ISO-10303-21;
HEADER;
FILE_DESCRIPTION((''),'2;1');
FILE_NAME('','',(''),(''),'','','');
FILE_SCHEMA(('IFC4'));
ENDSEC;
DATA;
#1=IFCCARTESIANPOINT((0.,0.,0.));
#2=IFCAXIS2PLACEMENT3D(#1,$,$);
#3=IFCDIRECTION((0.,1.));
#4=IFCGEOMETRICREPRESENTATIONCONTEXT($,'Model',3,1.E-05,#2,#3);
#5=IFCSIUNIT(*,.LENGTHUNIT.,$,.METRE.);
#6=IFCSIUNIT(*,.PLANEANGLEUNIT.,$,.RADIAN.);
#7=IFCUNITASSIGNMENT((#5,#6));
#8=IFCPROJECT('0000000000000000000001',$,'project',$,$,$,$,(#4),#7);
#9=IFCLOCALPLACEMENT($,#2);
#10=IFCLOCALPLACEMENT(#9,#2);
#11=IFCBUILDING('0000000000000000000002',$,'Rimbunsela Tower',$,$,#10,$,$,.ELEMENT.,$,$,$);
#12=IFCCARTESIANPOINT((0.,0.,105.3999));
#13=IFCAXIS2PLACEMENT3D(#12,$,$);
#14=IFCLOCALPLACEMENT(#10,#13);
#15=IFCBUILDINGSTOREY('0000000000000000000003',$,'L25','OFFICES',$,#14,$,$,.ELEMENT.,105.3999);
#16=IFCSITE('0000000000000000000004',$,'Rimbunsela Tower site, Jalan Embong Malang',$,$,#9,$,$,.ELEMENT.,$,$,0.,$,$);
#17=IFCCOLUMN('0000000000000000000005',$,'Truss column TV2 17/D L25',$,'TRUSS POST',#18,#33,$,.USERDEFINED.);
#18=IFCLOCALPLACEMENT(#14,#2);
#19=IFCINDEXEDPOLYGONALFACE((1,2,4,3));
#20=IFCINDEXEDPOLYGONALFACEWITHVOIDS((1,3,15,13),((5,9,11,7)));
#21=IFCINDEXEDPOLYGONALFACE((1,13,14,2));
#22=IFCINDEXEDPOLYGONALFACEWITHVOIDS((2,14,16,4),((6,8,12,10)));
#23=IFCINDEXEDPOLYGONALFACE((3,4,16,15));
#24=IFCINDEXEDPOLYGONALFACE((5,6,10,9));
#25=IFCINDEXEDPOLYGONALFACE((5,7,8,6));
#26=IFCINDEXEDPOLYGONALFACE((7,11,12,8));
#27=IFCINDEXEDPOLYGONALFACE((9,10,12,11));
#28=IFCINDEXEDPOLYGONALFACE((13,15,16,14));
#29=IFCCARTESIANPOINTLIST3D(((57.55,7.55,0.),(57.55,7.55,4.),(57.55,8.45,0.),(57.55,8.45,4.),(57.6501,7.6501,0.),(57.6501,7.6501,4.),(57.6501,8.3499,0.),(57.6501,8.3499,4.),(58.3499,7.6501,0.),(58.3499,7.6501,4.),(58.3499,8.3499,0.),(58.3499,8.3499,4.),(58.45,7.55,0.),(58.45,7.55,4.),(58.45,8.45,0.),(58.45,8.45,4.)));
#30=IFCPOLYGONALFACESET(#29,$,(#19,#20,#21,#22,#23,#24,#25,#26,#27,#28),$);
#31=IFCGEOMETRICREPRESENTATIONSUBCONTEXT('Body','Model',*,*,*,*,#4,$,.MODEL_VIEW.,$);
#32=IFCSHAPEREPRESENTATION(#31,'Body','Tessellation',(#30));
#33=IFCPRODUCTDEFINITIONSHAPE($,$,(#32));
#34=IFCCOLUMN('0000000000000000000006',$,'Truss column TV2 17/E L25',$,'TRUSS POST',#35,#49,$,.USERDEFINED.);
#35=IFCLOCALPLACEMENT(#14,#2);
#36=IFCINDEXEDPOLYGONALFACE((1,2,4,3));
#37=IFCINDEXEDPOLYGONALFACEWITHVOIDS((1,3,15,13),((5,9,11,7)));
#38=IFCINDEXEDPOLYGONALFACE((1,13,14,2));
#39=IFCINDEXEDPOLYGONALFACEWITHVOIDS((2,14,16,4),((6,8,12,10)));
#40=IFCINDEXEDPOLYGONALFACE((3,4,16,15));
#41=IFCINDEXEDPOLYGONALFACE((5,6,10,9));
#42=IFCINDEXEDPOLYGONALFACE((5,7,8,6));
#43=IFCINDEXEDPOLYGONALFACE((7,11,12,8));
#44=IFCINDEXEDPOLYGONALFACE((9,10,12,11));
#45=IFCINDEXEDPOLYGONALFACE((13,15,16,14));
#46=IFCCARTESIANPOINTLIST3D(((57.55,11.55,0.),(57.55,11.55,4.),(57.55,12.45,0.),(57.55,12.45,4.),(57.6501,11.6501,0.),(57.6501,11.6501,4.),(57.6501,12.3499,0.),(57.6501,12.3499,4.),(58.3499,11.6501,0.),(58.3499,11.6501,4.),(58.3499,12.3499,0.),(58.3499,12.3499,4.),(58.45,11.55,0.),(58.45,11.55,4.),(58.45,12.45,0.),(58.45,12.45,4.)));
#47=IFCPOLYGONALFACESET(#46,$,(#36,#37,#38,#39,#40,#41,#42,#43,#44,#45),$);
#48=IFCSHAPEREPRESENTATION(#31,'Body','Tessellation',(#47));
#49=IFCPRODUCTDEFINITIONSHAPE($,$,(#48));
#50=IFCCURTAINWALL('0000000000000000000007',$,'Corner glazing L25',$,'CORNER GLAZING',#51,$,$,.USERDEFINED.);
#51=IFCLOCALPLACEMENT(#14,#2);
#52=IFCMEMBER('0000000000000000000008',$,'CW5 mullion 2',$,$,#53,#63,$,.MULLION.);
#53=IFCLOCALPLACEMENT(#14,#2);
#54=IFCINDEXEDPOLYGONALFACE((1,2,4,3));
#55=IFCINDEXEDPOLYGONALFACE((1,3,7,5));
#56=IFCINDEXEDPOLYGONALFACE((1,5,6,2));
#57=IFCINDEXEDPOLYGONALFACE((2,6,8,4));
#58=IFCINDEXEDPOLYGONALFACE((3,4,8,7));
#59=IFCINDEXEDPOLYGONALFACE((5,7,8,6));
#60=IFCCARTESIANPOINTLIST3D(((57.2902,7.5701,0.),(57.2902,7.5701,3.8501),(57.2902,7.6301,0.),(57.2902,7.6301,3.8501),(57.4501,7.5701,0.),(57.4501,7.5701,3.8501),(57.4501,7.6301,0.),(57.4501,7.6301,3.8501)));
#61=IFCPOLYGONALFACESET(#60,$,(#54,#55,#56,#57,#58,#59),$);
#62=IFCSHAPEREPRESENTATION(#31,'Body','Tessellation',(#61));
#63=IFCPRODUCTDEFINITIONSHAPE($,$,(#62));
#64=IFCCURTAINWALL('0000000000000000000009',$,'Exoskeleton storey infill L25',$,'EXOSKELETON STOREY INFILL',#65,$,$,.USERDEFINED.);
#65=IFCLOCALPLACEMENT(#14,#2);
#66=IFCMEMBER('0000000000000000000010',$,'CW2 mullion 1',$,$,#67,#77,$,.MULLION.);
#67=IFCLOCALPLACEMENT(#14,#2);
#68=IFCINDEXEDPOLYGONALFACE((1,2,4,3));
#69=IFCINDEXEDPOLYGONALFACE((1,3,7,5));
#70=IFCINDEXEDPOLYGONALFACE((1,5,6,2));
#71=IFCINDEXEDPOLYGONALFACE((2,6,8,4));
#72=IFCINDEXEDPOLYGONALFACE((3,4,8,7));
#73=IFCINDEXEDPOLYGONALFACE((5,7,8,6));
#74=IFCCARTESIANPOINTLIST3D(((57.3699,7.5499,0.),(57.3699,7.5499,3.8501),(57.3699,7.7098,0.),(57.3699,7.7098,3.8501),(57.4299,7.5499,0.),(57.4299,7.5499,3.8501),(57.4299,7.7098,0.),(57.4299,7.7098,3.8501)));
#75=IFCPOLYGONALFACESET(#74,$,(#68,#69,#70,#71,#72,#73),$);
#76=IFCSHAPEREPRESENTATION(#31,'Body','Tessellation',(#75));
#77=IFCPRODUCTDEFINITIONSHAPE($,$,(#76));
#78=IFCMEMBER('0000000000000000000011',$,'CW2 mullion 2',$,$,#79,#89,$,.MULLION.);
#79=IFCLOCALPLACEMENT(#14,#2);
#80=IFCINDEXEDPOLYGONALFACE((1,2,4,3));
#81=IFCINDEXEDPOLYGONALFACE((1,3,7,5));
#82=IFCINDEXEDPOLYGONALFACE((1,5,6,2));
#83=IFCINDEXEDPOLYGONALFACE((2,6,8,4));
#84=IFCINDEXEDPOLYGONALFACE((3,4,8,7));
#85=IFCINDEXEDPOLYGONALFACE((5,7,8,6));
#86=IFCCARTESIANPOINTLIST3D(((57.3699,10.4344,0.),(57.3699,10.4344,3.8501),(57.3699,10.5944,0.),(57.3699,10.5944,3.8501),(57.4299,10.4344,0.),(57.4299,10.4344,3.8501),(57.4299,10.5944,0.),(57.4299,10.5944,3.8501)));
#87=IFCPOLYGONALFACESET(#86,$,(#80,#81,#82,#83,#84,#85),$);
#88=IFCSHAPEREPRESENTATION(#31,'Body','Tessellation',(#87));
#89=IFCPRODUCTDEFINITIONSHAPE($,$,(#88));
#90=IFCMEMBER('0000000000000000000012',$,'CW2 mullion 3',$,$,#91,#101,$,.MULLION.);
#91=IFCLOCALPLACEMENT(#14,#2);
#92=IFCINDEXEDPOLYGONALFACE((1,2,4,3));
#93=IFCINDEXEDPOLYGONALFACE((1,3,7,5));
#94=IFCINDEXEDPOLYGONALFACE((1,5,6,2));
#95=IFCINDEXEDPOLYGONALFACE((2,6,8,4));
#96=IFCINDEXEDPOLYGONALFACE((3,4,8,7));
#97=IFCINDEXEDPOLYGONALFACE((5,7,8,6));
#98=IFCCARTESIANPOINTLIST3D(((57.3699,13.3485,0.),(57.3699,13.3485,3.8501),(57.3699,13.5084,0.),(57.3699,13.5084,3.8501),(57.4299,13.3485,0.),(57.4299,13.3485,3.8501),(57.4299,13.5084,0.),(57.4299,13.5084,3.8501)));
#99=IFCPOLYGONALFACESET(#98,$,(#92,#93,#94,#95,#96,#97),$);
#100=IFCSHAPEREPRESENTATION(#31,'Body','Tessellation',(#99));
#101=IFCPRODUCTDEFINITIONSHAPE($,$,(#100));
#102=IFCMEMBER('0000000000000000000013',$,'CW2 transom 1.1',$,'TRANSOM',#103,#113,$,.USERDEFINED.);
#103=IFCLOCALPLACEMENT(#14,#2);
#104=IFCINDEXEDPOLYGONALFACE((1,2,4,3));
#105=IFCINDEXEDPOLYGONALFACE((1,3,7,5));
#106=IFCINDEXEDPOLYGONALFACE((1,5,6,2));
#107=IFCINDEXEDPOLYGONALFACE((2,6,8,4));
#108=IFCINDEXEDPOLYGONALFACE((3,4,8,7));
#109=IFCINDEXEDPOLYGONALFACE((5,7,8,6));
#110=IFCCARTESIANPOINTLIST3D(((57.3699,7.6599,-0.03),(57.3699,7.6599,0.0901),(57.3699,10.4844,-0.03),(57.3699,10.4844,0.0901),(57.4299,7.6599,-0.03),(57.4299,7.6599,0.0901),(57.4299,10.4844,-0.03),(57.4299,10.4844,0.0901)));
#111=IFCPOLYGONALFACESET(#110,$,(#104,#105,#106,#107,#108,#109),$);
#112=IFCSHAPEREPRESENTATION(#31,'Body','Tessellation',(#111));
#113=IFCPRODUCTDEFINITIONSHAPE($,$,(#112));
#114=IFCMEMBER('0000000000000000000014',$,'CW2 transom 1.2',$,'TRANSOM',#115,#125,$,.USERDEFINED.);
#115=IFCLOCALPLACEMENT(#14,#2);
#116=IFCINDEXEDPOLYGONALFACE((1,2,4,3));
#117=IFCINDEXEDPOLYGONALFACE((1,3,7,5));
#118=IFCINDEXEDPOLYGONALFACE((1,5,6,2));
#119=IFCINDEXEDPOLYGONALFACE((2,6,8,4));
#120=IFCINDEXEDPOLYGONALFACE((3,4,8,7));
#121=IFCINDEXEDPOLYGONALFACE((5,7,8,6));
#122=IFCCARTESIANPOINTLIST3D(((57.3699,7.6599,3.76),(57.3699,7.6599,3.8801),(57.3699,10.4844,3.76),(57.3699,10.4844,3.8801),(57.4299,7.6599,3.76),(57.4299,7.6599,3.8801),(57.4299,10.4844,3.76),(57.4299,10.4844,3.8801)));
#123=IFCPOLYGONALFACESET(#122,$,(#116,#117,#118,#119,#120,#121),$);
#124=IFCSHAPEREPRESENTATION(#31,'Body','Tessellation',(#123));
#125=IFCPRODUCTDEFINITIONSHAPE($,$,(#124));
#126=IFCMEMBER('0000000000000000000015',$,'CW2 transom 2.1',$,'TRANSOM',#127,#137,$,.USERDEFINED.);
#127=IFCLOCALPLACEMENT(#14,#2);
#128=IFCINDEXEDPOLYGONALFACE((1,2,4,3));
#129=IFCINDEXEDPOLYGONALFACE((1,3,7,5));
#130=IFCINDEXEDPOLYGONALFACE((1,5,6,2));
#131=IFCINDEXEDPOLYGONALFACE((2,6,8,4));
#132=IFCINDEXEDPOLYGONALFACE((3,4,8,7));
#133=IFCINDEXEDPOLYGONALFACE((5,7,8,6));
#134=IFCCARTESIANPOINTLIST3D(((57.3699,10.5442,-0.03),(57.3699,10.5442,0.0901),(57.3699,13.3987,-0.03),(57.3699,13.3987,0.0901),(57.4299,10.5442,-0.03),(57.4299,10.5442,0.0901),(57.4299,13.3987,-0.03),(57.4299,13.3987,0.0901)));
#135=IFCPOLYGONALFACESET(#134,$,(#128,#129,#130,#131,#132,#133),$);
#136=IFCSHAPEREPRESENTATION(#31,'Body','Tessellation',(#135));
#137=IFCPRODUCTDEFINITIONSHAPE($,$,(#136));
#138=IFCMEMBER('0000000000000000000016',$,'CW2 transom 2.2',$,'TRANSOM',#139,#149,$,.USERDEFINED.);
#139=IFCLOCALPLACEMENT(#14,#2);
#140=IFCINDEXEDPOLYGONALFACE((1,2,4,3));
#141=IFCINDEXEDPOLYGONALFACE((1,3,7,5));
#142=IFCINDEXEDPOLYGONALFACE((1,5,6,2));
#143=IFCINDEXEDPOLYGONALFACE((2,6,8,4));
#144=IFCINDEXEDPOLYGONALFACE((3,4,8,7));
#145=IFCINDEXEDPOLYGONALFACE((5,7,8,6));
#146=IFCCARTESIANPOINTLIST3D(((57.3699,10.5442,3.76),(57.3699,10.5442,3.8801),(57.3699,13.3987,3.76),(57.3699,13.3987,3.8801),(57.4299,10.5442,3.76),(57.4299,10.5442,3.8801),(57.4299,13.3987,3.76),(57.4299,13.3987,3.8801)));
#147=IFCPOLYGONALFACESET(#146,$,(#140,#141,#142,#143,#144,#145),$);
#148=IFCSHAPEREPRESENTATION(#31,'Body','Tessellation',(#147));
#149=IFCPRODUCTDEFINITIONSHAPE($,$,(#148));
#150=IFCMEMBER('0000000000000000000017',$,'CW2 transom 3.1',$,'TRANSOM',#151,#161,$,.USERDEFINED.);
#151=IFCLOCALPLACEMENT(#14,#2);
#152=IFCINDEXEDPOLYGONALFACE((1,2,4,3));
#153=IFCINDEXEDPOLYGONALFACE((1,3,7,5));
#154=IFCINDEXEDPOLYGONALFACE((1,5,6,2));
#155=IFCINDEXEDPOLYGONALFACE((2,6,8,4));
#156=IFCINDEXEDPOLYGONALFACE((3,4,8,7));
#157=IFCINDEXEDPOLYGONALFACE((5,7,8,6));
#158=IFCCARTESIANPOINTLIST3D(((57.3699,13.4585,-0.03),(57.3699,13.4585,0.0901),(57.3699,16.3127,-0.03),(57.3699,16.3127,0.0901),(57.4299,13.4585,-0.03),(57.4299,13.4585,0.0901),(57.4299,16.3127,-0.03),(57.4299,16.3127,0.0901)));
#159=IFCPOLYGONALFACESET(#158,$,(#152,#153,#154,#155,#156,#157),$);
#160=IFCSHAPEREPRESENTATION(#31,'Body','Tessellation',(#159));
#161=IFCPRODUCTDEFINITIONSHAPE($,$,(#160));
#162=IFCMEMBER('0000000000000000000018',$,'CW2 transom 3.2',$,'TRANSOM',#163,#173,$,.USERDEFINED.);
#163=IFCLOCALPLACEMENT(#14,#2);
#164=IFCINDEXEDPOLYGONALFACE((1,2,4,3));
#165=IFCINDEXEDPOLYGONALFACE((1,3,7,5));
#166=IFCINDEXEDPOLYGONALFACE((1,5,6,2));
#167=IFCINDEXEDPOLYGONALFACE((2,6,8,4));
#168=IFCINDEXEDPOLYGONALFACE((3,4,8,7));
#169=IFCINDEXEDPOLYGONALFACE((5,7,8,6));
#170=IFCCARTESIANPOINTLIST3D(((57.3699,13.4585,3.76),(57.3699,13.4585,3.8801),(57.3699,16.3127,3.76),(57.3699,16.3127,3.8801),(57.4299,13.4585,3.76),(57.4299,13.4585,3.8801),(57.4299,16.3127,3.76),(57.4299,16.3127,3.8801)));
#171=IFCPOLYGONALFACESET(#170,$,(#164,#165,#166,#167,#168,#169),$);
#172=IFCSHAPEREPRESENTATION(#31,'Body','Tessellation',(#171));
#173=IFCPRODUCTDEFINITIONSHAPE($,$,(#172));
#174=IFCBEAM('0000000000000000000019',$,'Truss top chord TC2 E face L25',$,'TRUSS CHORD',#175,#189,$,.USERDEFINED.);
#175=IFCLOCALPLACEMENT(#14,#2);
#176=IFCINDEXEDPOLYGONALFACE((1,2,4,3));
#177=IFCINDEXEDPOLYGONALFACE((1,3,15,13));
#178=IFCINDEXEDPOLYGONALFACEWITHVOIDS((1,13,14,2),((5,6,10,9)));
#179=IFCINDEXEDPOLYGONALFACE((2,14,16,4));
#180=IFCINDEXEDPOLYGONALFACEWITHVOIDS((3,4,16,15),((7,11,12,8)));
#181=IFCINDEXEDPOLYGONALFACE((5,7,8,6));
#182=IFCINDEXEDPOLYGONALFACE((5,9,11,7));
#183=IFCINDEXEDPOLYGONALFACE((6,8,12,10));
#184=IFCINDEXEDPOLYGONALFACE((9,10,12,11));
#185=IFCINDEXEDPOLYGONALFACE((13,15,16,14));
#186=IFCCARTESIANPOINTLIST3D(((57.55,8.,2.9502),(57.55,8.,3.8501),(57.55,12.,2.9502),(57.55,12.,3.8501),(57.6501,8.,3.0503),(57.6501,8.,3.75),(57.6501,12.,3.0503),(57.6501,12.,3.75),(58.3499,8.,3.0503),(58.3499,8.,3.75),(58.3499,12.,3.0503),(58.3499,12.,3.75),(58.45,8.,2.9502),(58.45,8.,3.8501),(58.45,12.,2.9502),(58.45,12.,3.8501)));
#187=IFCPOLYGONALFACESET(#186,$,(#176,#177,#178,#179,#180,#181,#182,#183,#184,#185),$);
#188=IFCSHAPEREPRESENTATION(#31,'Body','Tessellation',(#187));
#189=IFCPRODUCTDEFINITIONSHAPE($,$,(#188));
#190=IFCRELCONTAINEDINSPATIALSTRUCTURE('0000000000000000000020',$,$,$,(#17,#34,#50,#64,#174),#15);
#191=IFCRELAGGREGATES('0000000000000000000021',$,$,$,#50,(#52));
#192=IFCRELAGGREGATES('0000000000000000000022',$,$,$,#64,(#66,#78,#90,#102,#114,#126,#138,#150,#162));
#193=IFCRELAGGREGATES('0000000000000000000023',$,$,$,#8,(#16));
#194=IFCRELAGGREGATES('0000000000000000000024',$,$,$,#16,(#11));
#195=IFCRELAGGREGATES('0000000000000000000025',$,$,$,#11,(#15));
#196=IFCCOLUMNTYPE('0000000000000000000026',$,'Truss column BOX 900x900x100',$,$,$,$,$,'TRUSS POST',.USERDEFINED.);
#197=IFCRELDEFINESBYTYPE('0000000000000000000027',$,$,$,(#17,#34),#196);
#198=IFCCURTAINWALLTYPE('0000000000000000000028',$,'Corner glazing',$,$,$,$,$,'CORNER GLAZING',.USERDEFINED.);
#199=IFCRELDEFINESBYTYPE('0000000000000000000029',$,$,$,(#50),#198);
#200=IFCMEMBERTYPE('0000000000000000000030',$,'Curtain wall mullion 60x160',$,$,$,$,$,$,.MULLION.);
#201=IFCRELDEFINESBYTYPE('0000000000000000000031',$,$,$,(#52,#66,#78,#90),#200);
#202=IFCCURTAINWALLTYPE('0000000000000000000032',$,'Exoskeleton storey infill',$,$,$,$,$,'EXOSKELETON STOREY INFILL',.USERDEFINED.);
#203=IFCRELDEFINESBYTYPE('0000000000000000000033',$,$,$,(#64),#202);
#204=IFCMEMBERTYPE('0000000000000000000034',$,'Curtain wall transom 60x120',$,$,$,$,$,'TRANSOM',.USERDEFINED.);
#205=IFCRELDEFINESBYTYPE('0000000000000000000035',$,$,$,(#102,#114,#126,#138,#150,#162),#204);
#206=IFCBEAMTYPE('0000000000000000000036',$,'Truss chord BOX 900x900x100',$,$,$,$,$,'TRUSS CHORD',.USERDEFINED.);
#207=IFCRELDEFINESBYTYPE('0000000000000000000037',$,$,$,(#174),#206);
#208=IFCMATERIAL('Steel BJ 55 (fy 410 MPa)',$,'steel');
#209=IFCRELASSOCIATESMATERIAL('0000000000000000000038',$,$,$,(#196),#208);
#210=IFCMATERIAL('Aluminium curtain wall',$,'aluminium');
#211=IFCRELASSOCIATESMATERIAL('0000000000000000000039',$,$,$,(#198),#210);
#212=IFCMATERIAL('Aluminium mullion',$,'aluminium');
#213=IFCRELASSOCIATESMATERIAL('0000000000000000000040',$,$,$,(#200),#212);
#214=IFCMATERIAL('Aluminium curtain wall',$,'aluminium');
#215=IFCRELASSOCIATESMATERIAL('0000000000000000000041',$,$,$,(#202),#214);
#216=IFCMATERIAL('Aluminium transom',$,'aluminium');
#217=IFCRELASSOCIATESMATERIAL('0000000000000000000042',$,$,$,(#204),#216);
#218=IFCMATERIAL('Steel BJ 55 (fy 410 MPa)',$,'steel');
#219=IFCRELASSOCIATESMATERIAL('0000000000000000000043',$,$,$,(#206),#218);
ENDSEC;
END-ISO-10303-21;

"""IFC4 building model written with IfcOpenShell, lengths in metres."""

from ifc_helpers import new_model, si_unit, direction, frame, origin, origin_2d, place, context, subcontext, project, spatial, rectangle, hollow_rectangle, extrude, material, material_profile, profile_set, type_object, element, aggregate, save


model = new_model("IFC4")

# Units and contexts
model_context = context("Model", 3, precision=1e-05, world=origin(), true_north=direction((0.0, 1.0)))
body_context = subcontext(model_context, "Body", "Model", "MODEL_VIEW")
ifc_project = project(units=[si_unit("LENGTHUNIT", "METRE"), si_unit("PLANEANGLEUNIT", "RADIAN")], contexts=[model_context])

# Site, building, storey
site_placement = place(None, origin())
site = spatial("IfcSite", under=ifc_project, at=site_placement, Name="Rimbunsela Tower site, Jalan Embong Malang", CompositionType="ELEMENT", RefElevation=0.0)
building_placement = place(site_placement, origin())
building = spatial("IfcBuilding", under=site, at=building_placement, Name="Rimbunsela Tower", CompositionType="ELEMENT")
storey_placement = place(building_placement, frame((0.0, 0.0, 105.3999)))
storey = spatial("IfcBuildingStorey", under=building, at=storey_placement, Name="L25", Description="OFFICES", CompositionType="ELEMENT", Elevation=105.3999)

# Columns
ifc_material_1 = material(Name="Steel BJ 55 (fy 410 MPa)", Category="steel")
ifc_material_profile_1 = material_profile(ifc_material_1, hollow_rectangle(XDim=0.8999, YDim=0.8999, WallThickness=0.1001, at=origin_2d()), Name="BOX 900x900x100")
ifc_profile_set_1 = profile_set([ifc_material_profile_1], Name="Steel BJ 55 (fy 410 MPa)")
column_type = type_object("IfcColumnType", Name="Truss column BOX 900x900x100", ElementType="TRUSS POST", PredefinedType="USERDEFINED", material=ifc_profile_set_1)
for number, where, z_axis, x_axis, name in (
    (1, (58.0, 8.0, 0.0), (0.0, 0.0, 1.0), (1.0, 0.0, 0.0), "Truss column TV2 17/D L25"),
    (2, (58.0, 12.0, 0.0), (0.0, 0.0, 1.0), (1.0, 0.0, 0.0), "Truss column TV2 17/E L25"),
):
    element("IfcColumn", number, at=place(storey_placement, frame(where, z_axis=z_axis, x_axis=x_axis)), inside=storey, type_object=column_type, Name=name, ObjectType="TRUSS POST", PredefinedType="USERDEFINED", context=body_context, shape_type="SweptSolid", body=[
        extrude(hollow_rectangle(XDim=0.8999, YDim=0.8999, WallThickness=0.1001, at=origin_2d()), origin(), (0.0, 0.0, 1.0), 4.0),
    ])

# Curtain wall, member
ifc_material_2 = material(Name="Aluminium curtain wall", Category="aluminium")
curtain_wall_type_1 = type_object("IfcCurtainWallType", Name="Corner glazing", ElementType="CORNER GLAZING", PredefinedType="USERDEFINED", material=ifc_material_2)
curtain_wall_1_placement = place(storey_placement, origin())
curtain_wall_1 = element("IfcCurtainWall", 3, at=curtain_wall_1_placement, inside=storey, type_object=curtain_wall_type_1, Name="Corner glazing L25", ObjectType="CORNER GLAZING", PredefinedType="USERDEFINED")
ifc_material_3 = material(Name="Aluminium mullion", Category="aluminium")
ifc_material_profile_2 = material_profile(ifc_material_3, rectangle(XDim=0.0601, YDim=0.1599, at=origin_2d()), Name="Mullion 60x160")
ifc_profile_set_2 = profile_set([ifc_material_profile_2], Name="Aluminium mullion")
member_type_1 = type_object("IfcMemberType", Name="Curtain wall mullion 60x160", PredefinedType="MULLION", material=ifc_profile_set_2)
member_1_placement = place(storey_placement, frame((57.3701, 7.6001, 0.0), z_axis=(0.0, 0.0, 1.0), x_axis=(0.0, 1.0, 0.0)))
member_1 = element("IfcMember", 4, at=member_1_placement, type_object=member_type_1, Name="CW5 mullion 2", PredefinedType="MULLION", context=body_context, shape_type="SweptSolid", body=[
    extrude(rectangle(XDim=0.0601, YDim=0.1599, at=origin_2d()), origin(), (0.0, 0.0, 1.0), 3.8501),
])

# Curtain wall, members
ifc_material_4 = material(Name="Aluminium curtain wall", Category="aluminium")
curtain_wall_type_2 = type_object("IfcCurtainWallType", Name="Exoskeleton storey infill", ElementType="EXOSKELETON STOREY INFILL", PredefinedType="USERDEFINED", material=ifc_material_4)
curtain_wall_2_placement = place(storey_placement, origin())
curtain_wall_2 = element("IfcCurtainWall", 5, at=curtain_wall_2_placement, inside=storey, type_object=curtain_wall_type_2, Name="Exoskeleton storey infill L25", ObjectType="EXOSKELETON STOREY INFILL", PredefinedType="USERDEFINED")
member_2_placement = place(storey_placement, frame((57.3999, 7.6299, 0.0), z_axis=(0.0, 0.0, 1.0), x_axis=(-1.0, 0.0, 0.0)))
member_2 = element("IfcMember", 6, at=member_2_placement, type_object=member_type_1, Name="CW2 mullion 1", PredefinedType="MULLION", context=body_context, shape_type="SweptSolid", body=[
    extrude(rectangle(XDim=0.0601, YDim=0.1599, at=origin_2d()), origin(), (0.0, 0.0, 1.0), 3.8501),
])
member_3_placement = place(storey_placement, frame((57.3999, 10.5144, 0.0), z_axis=(0.0, 0.0, 1.0), x_axis=(-1.0, 0.0, 0.0)))
member_3 = element("IfcMember", 7, at=member_3_placement, type_object=member_type_1, Name="CW2 mullion 2", PredefinedType="MULLION", context=body_context, shape_type="SweptSolid", body=[
    extrude(rectangle(XDim=0.0601, YDim=0.1599, at=origin_2d()), origin(), (0.0, 0.0, 1.0), 3.8501),
])
member_4_placement = place(storey_placement, frame((57.3999, 13.4285, 0.0), z_axis=(0.0, 0.0, 1.0), x_axis=(-1.0, 0.0, 0.0)))
member_4 = element("IfcMember", 8, at=member_4_placement, type_object=member_type_1, Name="CW2 mullion 3", PredefinedType="MULLION", context=body_context, shape_type="SweptSolid", body=[
    extrude(rectangle(XDim=0.0601, YDim=0.1599, at=origin_2d()), origin(), (0.0, 0.0, 1.0), 3.8501),
])
ifc_material_5 = material(Name="Aluminium transom", Category="aluminium")
ifc_material_profile_3 = material_profile(ifc_material_5, rectangle(XDim=0.0601, YDim=0.1201, at=origin_2d()), Name="Transom 60x120")
ifc_profile_set_3 = profile_set([ifc_material_profile_3], Name="Aluminium transom")
member_type_2 = type_object("IfcMemberType", Name="Curtain wall transom 60x120", ElementType="TRANSOM", PredefinedType="USERDEFINED", material=ifc_profile_set_3)
member_5_placement = place(storey_placement, frame((57.3999, 7.6599, 0.03), z_axis=(0.0, 1.0, 0.0), x_axis=(-1.0, 0.0, 0.0)))
member_5 = element("IfcMember", 9, at=member_5_placement, type_object=member_type_2, Name="CW2 transom 1.1", ObjectType="TRANSOM", PredefinedType="USERDEFINED", context=body_context, shape_type="SweptSolid", body=[
    extrude(rectangle(XDim=0.0601, YDim=0.1201, at=origin_2d()), origin(), (0.0, 0.0, 1.0), 2.8245),
])
member_6_placement = place(storey_placement, frame((57.3999, 7.6599, 3.8201), z_axis=(0.0, 1.0, 0.0), x_axis=(-1.0, 0.0, 0.0)))
member_6 = element("IfcMember", 10, at=member_6_placement, type_object=member_type_2, Name="CW2 transom 1.2", ObjectType="TRANSOM", PredefinedType="USERDEFINED", context=body_context, shape_type="SweptSolid", body=[
    extrude(rectangle(XDim=0.0601, YDim=0.1201, at=origin_2d()), origin(), (0.0, 0.0, 1.0), 2.8245),
])
member_7_placement = place(storey_placement, frame((57.3999, 10.5442, 0.03), z_axis=(0.0, 1.0, 0.0), x_axis=(-1.0, 0.0, 0.0)))
member_7 = element("IfcMember", 11, at=member_7_placement, type_object=member_type_2, Name="CW2 transom 2.1", ObjectType="TRANSOM", PredefinedType="USERDEFINED", context=body_context, shape_type="SweptSolid", body=[
    extrude(rectangle(XDim=0.0601, YDim=0.1201, at=origin_2d()), origin(), (0.0, 0.0, 1.0), 2.8545),
])
member_8_placement = place(storey_placement, frame((57.3999, 10.5442, 3.8201), z_axis=(0.0, 1.0, 0.0), x_axis=(-1.0, 0.0, 0.0)))
member_8 = element("IfcMember", 12, at=member_8_placement, type_object=member_type_2, Name="CW2 transom 2.2", ObjectType="TRANSOM", PredefinedType="USERDEFINED", context=body_context, shape_type="SweptSolid", body=[
    extrude(rectangle(XDim=0.0601, YDim=0.1201, at=origin_2d()), origin(), (0.0, 0.0, 1.0), 2.8545),
])
member_9_placement = place(storey_placement, frame((57.3999, 13.4585, 0.03), z_axis=(0.0, 1.0, 0.0), x_axis=(-1.0, 0.0, 0.0)))
member_9 = element("IfcMember", 13, at=member_9_placement, type_object=member_type_2, Name="CW2 transom 3.1", ObjectType="TRANSOM", PredefinedType="USERDEFINED", context=body_context, shape_type="SweptSolid", body=[
    extrude(rectangle(XDim=0.0601, YDim=0.1201, at=origin_2d()), origin(), (0.0, 0.0, 1.0), 2.8542),
])
member_10_placement = place(storey_placement, frame((57.3999, 13.4585, 3.8201), z_axis=(0.0, 1.0, 0.0), x_axis=(-1.0, 0.0, 0.0)))
member_10 = element("IfcMember", 14, at=member_10_placement, type_object=member_type_2, Name="CW2 transom 3.2", ObjectType="TRANSOM", PredefinedType="USERDEFINED", context=body_context, shape_type="SweptSolid", body=[
    extrude(rectangle(XDim=0.0601, YDim=0.1201, at=origin_2d()), origin(), (0.0, 0.0, 1.0), 2.8542),
])

# Beam
ifc_material_6 = material(Name="Steel BJ 55 (fy 410 MPa)", Category="steel")
ifc_material_profile_4 = material_profile(ifc_material_6, hollow_rectangle(XDim=0.8999, YDim=0.8999, WallThickness=0.1001, at=origin_2d()), Name="BOX 900x900x100")
ifc_profile_set_4 = profile_set([ifc_material_profile_4], Name="Steel BJ 55 (fy 410 MPa)")
beam_type = type_object("IfcBeamType", Name="Truss chord BOX 900x900x100", ElementType="TRUSS CHORD", PredefinedType="USERDEFINED", material=ifc_profile_set_4)
for number, where, z_axis, x_axis, name in (
    (15, (58.0, 8.0, 3.4001), (0.0, 1.0, 0.0), (-1.0, 0.0, 0.0), "Truss top chord TC2 E face L25"),
):
    element("IfcBeam", number, at=place(storey_placement, frame(where, z_axis=z_axis, x_axis=x_axis)), inside=storey, type_object=beam_type, Name=name, ObjectType="TRUSS CHORD", PredefinedType="USERDEFINED", context=body_context, shape_type="SweptSolid", body=[
        extrude(hollow_rectangle(XDim=0.8999, YDim=0.8999, WallThickness=0.1001, at=origin_2d()), origin(), (0.0, 0.0, 1.0), 4.0),
    ])

aggregate(curtain_wall_1, [member_1])
aggregate(curtain_wall_2, [member_2, member_3, member_4, member_5, member_6, member_7, member_8, member_9, member_10])

save(model, "model.ifc")
